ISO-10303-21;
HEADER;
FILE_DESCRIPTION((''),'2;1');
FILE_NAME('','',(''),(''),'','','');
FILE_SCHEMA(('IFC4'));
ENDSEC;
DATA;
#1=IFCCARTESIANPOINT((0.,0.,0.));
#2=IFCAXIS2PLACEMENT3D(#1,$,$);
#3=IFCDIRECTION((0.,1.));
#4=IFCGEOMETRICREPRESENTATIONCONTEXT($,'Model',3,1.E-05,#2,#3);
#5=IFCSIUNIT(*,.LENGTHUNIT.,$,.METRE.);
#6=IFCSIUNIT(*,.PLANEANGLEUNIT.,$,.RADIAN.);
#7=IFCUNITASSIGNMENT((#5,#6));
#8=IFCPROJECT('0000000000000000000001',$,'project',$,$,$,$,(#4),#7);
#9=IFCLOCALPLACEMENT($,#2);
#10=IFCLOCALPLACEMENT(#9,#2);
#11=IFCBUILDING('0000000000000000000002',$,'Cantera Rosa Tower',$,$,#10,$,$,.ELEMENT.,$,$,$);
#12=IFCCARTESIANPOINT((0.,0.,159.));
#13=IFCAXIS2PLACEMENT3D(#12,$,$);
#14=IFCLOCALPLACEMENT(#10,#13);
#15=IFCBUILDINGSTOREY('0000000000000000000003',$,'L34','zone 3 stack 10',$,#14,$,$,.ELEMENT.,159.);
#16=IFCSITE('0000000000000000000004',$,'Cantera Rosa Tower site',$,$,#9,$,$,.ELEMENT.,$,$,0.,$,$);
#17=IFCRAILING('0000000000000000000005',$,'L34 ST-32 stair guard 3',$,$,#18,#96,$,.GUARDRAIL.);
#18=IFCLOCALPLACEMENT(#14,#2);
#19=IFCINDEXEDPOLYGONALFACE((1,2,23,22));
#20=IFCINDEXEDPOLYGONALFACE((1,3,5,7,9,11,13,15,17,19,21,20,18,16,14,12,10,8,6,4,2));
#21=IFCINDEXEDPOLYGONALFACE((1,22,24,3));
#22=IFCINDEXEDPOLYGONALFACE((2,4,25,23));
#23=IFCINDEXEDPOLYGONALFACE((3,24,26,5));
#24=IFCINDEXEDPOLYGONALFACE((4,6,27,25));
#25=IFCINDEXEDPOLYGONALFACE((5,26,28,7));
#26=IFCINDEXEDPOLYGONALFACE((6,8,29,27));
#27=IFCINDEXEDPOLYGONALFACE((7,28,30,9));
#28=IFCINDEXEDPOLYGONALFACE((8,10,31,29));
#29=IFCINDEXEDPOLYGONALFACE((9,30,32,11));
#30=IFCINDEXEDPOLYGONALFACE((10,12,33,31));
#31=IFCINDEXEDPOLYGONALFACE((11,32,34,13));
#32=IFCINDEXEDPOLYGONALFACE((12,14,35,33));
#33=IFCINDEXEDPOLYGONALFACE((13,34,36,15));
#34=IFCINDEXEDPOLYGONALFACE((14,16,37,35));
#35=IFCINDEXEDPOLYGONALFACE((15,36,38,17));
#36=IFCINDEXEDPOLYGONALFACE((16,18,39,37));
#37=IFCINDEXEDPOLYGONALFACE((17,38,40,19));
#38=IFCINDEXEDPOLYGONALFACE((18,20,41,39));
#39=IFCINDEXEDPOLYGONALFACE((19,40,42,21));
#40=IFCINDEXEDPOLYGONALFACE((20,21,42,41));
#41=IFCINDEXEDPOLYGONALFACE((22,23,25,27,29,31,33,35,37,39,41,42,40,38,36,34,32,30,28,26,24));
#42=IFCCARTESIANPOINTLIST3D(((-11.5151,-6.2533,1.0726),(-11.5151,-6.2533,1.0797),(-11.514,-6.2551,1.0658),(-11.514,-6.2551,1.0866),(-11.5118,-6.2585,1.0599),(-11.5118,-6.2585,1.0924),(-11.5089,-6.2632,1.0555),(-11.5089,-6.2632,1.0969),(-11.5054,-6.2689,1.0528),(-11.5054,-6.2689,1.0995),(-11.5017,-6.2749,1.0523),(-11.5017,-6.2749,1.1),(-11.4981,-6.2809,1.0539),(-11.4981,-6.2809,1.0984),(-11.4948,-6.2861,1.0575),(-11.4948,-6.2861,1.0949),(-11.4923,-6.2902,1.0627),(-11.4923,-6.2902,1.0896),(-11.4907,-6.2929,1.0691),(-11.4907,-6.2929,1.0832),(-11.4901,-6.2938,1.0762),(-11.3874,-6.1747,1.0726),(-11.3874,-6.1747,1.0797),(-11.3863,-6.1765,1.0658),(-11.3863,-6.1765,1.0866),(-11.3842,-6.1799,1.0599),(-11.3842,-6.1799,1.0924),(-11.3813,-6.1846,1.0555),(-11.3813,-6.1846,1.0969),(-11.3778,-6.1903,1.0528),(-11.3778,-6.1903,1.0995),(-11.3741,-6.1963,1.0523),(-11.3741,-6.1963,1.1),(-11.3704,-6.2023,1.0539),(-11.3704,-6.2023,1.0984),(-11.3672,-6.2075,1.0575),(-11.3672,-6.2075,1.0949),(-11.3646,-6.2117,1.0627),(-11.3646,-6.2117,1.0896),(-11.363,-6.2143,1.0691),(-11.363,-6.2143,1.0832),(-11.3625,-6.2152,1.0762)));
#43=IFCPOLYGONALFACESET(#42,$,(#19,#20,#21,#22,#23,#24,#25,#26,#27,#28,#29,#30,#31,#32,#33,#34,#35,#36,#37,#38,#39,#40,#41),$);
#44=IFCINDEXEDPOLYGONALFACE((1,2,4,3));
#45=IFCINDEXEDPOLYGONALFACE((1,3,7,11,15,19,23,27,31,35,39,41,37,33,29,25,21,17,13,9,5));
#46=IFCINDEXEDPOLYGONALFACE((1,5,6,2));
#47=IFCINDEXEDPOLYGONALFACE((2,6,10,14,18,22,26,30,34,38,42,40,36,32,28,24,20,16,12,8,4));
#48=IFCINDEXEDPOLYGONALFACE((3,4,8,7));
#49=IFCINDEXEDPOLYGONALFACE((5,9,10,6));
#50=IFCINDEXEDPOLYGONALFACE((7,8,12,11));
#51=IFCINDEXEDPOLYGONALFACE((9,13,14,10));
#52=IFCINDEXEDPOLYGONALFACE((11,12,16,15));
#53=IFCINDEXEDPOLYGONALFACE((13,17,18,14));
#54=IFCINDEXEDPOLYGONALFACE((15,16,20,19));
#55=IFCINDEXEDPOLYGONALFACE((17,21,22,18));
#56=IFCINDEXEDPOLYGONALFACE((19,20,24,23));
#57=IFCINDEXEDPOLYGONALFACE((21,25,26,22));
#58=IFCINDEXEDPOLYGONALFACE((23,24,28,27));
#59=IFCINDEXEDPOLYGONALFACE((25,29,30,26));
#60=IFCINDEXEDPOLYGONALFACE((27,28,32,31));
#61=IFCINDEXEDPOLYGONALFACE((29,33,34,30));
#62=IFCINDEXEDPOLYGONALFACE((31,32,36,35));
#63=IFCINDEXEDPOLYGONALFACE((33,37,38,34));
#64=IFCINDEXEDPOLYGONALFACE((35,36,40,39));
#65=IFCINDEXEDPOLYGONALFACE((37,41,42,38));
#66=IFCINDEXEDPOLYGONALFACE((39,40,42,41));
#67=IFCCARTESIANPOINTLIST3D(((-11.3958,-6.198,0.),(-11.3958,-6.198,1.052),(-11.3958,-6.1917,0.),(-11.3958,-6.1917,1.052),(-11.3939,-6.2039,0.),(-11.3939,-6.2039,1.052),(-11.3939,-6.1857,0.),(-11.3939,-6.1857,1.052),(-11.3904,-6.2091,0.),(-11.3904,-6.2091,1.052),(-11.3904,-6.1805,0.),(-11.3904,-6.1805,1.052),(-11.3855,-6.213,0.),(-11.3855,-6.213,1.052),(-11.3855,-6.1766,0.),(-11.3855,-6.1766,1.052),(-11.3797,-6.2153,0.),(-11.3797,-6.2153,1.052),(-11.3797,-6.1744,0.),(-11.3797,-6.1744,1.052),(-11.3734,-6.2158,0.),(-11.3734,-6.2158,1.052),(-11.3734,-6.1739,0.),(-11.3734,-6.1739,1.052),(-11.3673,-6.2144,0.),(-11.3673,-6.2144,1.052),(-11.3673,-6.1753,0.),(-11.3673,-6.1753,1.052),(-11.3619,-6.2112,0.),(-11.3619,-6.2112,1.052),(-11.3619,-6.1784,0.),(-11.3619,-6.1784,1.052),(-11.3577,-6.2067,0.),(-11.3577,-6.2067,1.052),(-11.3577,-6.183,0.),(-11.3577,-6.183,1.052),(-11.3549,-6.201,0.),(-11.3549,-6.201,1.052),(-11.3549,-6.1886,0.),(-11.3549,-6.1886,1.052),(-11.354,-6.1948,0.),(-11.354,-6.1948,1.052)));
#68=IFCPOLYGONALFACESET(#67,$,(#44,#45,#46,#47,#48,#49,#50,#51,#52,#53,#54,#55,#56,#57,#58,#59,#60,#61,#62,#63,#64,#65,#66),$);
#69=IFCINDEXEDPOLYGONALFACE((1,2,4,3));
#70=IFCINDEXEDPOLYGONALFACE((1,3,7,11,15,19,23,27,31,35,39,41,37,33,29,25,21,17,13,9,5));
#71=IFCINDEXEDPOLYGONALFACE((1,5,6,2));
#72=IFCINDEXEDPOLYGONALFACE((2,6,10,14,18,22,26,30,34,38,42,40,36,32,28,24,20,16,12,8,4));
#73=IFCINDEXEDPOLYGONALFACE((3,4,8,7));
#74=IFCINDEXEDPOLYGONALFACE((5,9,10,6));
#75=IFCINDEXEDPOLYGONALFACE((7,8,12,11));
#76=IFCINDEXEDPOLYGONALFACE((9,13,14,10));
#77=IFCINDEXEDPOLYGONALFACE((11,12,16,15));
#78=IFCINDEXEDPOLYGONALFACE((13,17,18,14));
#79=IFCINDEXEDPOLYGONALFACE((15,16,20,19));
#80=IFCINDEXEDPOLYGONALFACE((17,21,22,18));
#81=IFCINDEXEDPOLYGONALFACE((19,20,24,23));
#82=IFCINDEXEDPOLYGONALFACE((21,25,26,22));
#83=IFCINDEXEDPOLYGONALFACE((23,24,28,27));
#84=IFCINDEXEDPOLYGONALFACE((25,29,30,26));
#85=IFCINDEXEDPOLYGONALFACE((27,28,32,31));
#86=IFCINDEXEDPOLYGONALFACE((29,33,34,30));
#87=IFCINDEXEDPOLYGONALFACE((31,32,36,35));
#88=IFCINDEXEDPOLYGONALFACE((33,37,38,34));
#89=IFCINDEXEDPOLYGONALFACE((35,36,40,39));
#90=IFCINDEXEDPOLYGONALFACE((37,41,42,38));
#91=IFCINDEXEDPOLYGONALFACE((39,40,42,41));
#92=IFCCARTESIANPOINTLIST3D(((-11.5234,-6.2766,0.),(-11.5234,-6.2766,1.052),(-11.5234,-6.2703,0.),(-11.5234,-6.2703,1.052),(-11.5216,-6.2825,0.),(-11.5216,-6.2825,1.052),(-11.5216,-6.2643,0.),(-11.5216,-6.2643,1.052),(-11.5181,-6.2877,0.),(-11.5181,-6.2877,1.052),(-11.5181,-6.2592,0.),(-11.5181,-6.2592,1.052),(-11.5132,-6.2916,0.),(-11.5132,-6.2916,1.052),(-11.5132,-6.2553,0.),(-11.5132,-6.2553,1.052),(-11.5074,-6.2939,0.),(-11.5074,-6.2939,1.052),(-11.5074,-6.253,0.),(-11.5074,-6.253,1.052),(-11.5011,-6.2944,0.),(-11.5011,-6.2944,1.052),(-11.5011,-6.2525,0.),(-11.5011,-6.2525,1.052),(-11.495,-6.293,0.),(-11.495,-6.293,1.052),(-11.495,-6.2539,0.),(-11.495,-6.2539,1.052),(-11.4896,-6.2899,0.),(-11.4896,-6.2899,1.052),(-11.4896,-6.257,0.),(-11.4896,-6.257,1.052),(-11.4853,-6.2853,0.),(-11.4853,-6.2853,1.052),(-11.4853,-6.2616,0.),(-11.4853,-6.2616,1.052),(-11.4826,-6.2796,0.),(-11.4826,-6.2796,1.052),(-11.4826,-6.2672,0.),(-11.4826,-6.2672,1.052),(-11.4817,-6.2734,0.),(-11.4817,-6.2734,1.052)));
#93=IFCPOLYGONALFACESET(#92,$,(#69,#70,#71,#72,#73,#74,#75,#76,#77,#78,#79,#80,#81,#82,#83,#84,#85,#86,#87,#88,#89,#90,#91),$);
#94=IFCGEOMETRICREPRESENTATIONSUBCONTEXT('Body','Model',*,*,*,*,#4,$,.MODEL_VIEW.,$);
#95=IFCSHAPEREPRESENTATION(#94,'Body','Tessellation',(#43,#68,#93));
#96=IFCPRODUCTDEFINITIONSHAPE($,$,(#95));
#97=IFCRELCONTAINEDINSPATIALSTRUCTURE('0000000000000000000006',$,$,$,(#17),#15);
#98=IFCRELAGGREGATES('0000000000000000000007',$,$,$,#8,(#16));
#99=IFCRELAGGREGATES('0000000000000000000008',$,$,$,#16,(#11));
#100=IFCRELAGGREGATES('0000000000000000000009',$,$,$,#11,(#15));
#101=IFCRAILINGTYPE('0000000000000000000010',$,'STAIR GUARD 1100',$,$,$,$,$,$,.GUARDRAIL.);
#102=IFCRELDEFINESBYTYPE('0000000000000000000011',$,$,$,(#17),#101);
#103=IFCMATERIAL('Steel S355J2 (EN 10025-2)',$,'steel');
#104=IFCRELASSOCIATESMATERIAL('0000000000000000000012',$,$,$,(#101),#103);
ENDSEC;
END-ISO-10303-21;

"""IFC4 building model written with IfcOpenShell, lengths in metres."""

from ifc_helpers import new_model, si_unit, direction, frame, origin, origin_2d, place, context, subcontext, project, spatial, circle, extrude, material, type_object, element, save


model = new_model("IFC4")

# Units and contexts
model_context = context("Model", 3, precision=1e-05, world=origin(), true_north=direction((0.0, 1.0)))
body_context = subcontext(model_context, "Body", "Model", "MODEL_VIEW")
ifc_project = project(units=[si_unit("LENGTHUNIT", "METRE"), si_unit("PLANEANGLEUNIT", "RADIAN")], contexts=[model_context])

# Site, building, storey
site_placement = place(None, origin())
site = spatial("IfcSite", under=ifc_project, at=site_placement, Name="Cantera Rosa Tower site", CompositionType="ELEMENT", RefElevation=0.0)
building_placement = place(site_placement, origin())
building = spatial("IfcBuilding", under=site, at=building_placement, Name="Cantera Rosa Tower", CompositionType="ELEMENT")
storey_placement = place(building_placement, frame((0.0, 0.0, 159.0)))
storey = spatial("IfcBuildingStorey", under=building, at=storey_placement, Name="L34", Description="zone 3 stack 10", CompositionType="ELEMENT", Elevation=159.0)

# Railing
ifc_material_1 = material(Name="Steel S355J2 (EN 10025-2)", Category="steel")
railing_type_1 = type_object("IfcRailingType", Name="STAIR GUARD 1100", PredefinedType="GUARDRAIL", material=ifc_material_1)
railing_1_placement = place(storey_placement, frame((-11.375, -6.1948, 0.0)))
element("IfcRailing", 1, at=railing_1_placement, inside=storey, type_object=railing_type_1, Name="L34 ST-32 stair guard 3", PredefinedType="GUARDRAIL", context=body_context, shape_type="SweptSolid", body=[
    extrude(circle(Radius=0.0239, at=origin_2d()), frame((0.0, 0.0, 1.0762), z_axis=(-0.851546, -0.524279, 0.0), x_axis=(0.524279, -0.851546, 0.0)), (0.0, 0.0, 1.0), 0.1499),
    extrude(circle(Radius=0.021, at=origin_2d()), origin(), (0.0, 0.0, 1.0), 1.052),
    extrude(circle(Radius=0.021, at=origin_2d()), frame((-0.1277, -0.0786, 0.0)), (0.0, 0.0, 1.0), 1.052),
])

save(model, "model.ifc")
